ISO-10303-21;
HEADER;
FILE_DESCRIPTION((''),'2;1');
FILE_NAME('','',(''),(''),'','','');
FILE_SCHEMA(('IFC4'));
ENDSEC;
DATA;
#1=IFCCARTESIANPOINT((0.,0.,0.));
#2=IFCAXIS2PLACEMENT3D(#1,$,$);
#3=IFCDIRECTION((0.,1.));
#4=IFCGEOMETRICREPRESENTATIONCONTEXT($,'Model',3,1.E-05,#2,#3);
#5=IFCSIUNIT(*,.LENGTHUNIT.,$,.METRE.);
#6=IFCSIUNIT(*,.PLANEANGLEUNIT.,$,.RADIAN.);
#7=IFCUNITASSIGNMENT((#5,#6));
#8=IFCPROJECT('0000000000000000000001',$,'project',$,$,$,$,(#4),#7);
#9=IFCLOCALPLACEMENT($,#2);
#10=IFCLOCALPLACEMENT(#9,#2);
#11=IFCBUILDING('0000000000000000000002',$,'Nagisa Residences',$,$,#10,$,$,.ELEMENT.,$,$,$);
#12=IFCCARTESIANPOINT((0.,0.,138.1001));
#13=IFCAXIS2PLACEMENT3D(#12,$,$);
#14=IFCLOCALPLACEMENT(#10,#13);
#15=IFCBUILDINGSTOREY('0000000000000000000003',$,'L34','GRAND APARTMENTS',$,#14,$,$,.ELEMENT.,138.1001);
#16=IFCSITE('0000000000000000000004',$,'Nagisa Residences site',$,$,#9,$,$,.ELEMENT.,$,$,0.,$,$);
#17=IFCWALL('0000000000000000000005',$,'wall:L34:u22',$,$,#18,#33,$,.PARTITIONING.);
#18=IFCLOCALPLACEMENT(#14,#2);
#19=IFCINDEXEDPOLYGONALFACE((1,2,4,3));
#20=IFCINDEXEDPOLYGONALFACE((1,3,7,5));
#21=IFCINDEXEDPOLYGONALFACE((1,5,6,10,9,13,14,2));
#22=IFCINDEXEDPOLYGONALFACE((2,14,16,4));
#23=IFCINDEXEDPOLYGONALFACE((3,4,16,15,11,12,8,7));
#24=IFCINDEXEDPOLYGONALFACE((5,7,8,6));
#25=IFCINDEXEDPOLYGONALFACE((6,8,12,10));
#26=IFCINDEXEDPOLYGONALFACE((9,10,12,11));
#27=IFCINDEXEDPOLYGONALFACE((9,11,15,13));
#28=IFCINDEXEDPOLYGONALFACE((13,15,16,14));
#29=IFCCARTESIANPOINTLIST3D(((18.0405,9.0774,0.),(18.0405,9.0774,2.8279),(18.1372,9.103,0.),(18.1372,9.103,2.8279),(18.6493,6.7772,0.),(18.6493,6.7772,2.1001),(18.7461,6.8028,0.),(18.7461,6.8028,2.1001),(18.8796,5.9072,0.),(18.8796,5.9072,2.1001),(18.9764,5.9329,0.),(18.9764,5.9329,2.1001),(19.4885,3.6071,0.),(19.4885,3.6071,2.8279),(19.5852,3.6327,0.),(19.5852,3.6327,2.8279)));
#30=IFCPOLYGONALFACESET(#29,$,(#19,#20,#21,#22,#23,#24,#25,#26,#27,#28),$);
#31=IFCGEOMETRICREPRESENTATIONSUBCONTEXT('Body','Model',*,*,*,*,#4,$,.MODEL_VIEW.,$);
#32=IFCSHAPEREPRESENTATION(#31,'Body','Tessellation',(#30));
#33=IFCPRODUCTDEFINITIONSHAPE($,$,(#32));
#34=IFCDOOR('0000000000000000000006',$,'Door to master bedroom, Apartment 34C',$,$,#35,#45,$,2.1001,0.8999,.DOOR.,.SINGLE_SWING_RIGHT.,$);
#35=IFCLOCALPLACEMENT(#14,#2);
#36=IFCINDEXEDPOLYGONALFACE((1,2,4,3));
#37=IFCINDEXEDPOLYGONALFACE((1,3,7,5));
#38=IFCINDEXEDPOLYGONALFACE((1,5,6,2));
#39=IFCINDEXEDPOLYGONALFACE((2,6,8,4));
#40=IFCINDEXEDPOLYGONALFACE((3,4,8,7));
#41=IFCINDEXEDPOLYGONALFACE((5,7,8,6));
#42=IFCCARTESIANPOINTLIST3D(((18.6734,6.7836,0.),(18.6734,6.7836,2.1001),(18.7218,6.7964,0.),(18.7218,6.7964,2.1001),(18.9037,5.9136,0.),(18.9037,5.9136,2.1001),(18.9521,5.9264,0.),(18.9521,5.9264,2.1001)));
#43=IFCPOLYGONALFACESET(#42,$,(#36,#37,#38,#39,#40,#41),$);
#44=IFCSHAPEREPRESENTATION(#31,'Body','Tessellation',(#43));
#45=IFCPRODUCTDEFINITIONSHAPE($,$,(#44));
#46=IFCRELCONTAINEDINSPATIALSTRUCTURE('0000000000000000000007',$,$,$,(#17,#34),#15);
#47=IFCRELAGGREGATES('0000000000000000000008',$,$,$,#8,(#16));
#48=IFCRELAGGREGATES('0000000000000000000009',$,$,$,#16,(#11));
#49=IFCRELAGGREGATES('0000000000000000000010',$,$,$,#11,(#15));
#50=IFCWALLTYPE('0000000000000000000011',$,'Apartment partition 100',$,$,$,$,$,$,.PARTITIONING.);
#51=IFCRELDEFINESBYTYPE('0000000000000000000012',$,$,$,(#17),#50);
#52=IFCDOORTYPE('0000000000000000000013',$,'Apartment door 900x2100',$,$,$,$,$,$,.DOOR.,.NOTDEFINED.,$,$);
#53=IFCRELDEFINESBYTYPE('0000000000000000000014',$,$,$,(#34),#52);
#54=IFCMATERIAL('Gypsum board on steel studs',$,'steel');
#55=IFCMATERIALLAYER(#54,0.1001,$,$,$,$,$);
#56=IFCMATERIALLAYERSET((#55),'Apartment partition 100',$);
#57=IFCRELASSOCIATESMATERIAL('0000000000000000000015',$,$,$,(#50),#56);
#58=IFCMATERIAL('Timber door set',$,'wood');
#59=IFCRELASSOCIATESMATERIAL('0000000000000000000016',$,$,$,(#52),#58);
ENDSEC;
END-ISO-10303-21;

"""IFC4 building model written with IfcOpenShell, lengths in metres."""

from ifc_helpers import new_model, si_unit, direction, frame, frame_2d, origin, place, context, subcontext, project, spatial, rectangle, extrude, material, layer, layer_set, type_object, element, fill, save


model = new_model("IFC4")

# Units and contexts
model_context = context("Model", 3, precision=1e-05, world=origin(), true_north=direction((0.0, 1.0)))
body_context = subcontext(model_context, "Body", "Model", "MODEL_VIEW")
ifc_project = project(units=[si_unit("LENGTHUNIT", "METRE"), si_unit("PLANEANGLEUNIT", "RADIAN")], contexts=[model_context])

# Site, building, storey
site_placement = place(None, origin())
site = spatial("IfcSite", under=ifc_project, at=site_placement, Name="Nagisa Residences site", CompositionType="ELEMENT", RefElevation=0.0)
building_placement = place(site_placement, origin())
building = spatial("IfcBuilding", under=site, at=building_placement, Name="Nagisa Residences", CompositionType="ELEMENT")
storey_placement = place(building_placement, frame((0.0, 0.0, 138.1001)))
storey = spatial("IfcBuildingStorey", under=building, at=storey_placement, Name="L34", Description="GRAND APARTMENTS", CompositionType="ELEMENT", Elevation=138.1001)

# Wall, opening, door
ifc_material_1 = material(Name="Gypsum board on steel studs", Category="steel")
ifc_layer_1 = layer(ifc_material_1, 0.1001)
ifc_layer_set_1 = layer_set([ifc_layer_1], Name="Apartment partition 100")
wall_type_1 = type_object("IfcWallType", Name="Apartment partition 100", PredefinedType="PARTITIONING", material=ifc_layer_set_1)
wall_1_placement = place(storey_placement, frame((19.5369, 3.6199, 0.0), z_axis=(0.0, 0.0, 1.0), x_axis=(-0.255893, 0.966705, 0.0)))
wall_1 = element("IfcWall", 1, at=wall_1_placement, inside=storey, type_object=wall_type_1, Name="wall:L34:u22", PredefinedType="PARTITIONING", context=body_context, shape_type="SweptSolid", body=[
    extrude(rectangle(XDim=5.6587, YDim=0.1001, at=frame_2d((2.8293, 0.0))), origin(), (0.0, 0.0, 1.0), 2.8279),
])
opening_1_placement = place(wall_1_placement, frame((2.3794, 0.0, 0.0)))
opening_1 = element("IfcOpeningElement", 2, at=opening_1_placement, cuts=wall_1, PredefinedType="OPENING", context=body_context, shape_type="SweptSolid", body=[
    extrude(rectangle(XDim=0.8999, YDim=2.1001, at=frame_2d((0.45, 1.05))), frame((0.0, 0.0601, 0.0), z_axis=(0.0, -1.0, 0.0), x_axis=(1.0, 0.0, 0.0)), (0.0, 0.0, 1.0), 0.1201),
])
ifc_material_2 = material(Name="Timber door set", Category="wood")
door_type_1 = type_object("IfcDoorType", Name="Apartment door 900x2100", OperationType="NOTDEFINED", PredefinedType="DOOR", material=ifc_material_2)
door_1_placement = place(opening_1_placement, frame((0.8999, 0.0, 0.0), x_axis=(-1.0, 0.0, 0.0)))
door_1 = element("IfcDoor", 3, at=door_1_placement, inside=storey, type_object=door_type_1, Name="Door to master bedroom, Apartment 34C", OperationType="SINGLE_SWING_RIGHT", OverallHeight=2.1001, OverallWidth=0.8999, PredefinedType="DOOR", context=body_context, shape_type="SweptSolid", body=[
    extrude(rectangle(XDim=0.8999, YDim=2.1001, at=frame_2d((0.45, 1.05))), frame((0.0, 0.0249, 0.0), z_axis=(0.0, -1.0, 0.0), x_axis=(1.0, 0.0, 0.0)), (0.0, 0.0, 1.0), 0.05),
])
fill(opening_1, door_1)

save(model, "model.ifc")
